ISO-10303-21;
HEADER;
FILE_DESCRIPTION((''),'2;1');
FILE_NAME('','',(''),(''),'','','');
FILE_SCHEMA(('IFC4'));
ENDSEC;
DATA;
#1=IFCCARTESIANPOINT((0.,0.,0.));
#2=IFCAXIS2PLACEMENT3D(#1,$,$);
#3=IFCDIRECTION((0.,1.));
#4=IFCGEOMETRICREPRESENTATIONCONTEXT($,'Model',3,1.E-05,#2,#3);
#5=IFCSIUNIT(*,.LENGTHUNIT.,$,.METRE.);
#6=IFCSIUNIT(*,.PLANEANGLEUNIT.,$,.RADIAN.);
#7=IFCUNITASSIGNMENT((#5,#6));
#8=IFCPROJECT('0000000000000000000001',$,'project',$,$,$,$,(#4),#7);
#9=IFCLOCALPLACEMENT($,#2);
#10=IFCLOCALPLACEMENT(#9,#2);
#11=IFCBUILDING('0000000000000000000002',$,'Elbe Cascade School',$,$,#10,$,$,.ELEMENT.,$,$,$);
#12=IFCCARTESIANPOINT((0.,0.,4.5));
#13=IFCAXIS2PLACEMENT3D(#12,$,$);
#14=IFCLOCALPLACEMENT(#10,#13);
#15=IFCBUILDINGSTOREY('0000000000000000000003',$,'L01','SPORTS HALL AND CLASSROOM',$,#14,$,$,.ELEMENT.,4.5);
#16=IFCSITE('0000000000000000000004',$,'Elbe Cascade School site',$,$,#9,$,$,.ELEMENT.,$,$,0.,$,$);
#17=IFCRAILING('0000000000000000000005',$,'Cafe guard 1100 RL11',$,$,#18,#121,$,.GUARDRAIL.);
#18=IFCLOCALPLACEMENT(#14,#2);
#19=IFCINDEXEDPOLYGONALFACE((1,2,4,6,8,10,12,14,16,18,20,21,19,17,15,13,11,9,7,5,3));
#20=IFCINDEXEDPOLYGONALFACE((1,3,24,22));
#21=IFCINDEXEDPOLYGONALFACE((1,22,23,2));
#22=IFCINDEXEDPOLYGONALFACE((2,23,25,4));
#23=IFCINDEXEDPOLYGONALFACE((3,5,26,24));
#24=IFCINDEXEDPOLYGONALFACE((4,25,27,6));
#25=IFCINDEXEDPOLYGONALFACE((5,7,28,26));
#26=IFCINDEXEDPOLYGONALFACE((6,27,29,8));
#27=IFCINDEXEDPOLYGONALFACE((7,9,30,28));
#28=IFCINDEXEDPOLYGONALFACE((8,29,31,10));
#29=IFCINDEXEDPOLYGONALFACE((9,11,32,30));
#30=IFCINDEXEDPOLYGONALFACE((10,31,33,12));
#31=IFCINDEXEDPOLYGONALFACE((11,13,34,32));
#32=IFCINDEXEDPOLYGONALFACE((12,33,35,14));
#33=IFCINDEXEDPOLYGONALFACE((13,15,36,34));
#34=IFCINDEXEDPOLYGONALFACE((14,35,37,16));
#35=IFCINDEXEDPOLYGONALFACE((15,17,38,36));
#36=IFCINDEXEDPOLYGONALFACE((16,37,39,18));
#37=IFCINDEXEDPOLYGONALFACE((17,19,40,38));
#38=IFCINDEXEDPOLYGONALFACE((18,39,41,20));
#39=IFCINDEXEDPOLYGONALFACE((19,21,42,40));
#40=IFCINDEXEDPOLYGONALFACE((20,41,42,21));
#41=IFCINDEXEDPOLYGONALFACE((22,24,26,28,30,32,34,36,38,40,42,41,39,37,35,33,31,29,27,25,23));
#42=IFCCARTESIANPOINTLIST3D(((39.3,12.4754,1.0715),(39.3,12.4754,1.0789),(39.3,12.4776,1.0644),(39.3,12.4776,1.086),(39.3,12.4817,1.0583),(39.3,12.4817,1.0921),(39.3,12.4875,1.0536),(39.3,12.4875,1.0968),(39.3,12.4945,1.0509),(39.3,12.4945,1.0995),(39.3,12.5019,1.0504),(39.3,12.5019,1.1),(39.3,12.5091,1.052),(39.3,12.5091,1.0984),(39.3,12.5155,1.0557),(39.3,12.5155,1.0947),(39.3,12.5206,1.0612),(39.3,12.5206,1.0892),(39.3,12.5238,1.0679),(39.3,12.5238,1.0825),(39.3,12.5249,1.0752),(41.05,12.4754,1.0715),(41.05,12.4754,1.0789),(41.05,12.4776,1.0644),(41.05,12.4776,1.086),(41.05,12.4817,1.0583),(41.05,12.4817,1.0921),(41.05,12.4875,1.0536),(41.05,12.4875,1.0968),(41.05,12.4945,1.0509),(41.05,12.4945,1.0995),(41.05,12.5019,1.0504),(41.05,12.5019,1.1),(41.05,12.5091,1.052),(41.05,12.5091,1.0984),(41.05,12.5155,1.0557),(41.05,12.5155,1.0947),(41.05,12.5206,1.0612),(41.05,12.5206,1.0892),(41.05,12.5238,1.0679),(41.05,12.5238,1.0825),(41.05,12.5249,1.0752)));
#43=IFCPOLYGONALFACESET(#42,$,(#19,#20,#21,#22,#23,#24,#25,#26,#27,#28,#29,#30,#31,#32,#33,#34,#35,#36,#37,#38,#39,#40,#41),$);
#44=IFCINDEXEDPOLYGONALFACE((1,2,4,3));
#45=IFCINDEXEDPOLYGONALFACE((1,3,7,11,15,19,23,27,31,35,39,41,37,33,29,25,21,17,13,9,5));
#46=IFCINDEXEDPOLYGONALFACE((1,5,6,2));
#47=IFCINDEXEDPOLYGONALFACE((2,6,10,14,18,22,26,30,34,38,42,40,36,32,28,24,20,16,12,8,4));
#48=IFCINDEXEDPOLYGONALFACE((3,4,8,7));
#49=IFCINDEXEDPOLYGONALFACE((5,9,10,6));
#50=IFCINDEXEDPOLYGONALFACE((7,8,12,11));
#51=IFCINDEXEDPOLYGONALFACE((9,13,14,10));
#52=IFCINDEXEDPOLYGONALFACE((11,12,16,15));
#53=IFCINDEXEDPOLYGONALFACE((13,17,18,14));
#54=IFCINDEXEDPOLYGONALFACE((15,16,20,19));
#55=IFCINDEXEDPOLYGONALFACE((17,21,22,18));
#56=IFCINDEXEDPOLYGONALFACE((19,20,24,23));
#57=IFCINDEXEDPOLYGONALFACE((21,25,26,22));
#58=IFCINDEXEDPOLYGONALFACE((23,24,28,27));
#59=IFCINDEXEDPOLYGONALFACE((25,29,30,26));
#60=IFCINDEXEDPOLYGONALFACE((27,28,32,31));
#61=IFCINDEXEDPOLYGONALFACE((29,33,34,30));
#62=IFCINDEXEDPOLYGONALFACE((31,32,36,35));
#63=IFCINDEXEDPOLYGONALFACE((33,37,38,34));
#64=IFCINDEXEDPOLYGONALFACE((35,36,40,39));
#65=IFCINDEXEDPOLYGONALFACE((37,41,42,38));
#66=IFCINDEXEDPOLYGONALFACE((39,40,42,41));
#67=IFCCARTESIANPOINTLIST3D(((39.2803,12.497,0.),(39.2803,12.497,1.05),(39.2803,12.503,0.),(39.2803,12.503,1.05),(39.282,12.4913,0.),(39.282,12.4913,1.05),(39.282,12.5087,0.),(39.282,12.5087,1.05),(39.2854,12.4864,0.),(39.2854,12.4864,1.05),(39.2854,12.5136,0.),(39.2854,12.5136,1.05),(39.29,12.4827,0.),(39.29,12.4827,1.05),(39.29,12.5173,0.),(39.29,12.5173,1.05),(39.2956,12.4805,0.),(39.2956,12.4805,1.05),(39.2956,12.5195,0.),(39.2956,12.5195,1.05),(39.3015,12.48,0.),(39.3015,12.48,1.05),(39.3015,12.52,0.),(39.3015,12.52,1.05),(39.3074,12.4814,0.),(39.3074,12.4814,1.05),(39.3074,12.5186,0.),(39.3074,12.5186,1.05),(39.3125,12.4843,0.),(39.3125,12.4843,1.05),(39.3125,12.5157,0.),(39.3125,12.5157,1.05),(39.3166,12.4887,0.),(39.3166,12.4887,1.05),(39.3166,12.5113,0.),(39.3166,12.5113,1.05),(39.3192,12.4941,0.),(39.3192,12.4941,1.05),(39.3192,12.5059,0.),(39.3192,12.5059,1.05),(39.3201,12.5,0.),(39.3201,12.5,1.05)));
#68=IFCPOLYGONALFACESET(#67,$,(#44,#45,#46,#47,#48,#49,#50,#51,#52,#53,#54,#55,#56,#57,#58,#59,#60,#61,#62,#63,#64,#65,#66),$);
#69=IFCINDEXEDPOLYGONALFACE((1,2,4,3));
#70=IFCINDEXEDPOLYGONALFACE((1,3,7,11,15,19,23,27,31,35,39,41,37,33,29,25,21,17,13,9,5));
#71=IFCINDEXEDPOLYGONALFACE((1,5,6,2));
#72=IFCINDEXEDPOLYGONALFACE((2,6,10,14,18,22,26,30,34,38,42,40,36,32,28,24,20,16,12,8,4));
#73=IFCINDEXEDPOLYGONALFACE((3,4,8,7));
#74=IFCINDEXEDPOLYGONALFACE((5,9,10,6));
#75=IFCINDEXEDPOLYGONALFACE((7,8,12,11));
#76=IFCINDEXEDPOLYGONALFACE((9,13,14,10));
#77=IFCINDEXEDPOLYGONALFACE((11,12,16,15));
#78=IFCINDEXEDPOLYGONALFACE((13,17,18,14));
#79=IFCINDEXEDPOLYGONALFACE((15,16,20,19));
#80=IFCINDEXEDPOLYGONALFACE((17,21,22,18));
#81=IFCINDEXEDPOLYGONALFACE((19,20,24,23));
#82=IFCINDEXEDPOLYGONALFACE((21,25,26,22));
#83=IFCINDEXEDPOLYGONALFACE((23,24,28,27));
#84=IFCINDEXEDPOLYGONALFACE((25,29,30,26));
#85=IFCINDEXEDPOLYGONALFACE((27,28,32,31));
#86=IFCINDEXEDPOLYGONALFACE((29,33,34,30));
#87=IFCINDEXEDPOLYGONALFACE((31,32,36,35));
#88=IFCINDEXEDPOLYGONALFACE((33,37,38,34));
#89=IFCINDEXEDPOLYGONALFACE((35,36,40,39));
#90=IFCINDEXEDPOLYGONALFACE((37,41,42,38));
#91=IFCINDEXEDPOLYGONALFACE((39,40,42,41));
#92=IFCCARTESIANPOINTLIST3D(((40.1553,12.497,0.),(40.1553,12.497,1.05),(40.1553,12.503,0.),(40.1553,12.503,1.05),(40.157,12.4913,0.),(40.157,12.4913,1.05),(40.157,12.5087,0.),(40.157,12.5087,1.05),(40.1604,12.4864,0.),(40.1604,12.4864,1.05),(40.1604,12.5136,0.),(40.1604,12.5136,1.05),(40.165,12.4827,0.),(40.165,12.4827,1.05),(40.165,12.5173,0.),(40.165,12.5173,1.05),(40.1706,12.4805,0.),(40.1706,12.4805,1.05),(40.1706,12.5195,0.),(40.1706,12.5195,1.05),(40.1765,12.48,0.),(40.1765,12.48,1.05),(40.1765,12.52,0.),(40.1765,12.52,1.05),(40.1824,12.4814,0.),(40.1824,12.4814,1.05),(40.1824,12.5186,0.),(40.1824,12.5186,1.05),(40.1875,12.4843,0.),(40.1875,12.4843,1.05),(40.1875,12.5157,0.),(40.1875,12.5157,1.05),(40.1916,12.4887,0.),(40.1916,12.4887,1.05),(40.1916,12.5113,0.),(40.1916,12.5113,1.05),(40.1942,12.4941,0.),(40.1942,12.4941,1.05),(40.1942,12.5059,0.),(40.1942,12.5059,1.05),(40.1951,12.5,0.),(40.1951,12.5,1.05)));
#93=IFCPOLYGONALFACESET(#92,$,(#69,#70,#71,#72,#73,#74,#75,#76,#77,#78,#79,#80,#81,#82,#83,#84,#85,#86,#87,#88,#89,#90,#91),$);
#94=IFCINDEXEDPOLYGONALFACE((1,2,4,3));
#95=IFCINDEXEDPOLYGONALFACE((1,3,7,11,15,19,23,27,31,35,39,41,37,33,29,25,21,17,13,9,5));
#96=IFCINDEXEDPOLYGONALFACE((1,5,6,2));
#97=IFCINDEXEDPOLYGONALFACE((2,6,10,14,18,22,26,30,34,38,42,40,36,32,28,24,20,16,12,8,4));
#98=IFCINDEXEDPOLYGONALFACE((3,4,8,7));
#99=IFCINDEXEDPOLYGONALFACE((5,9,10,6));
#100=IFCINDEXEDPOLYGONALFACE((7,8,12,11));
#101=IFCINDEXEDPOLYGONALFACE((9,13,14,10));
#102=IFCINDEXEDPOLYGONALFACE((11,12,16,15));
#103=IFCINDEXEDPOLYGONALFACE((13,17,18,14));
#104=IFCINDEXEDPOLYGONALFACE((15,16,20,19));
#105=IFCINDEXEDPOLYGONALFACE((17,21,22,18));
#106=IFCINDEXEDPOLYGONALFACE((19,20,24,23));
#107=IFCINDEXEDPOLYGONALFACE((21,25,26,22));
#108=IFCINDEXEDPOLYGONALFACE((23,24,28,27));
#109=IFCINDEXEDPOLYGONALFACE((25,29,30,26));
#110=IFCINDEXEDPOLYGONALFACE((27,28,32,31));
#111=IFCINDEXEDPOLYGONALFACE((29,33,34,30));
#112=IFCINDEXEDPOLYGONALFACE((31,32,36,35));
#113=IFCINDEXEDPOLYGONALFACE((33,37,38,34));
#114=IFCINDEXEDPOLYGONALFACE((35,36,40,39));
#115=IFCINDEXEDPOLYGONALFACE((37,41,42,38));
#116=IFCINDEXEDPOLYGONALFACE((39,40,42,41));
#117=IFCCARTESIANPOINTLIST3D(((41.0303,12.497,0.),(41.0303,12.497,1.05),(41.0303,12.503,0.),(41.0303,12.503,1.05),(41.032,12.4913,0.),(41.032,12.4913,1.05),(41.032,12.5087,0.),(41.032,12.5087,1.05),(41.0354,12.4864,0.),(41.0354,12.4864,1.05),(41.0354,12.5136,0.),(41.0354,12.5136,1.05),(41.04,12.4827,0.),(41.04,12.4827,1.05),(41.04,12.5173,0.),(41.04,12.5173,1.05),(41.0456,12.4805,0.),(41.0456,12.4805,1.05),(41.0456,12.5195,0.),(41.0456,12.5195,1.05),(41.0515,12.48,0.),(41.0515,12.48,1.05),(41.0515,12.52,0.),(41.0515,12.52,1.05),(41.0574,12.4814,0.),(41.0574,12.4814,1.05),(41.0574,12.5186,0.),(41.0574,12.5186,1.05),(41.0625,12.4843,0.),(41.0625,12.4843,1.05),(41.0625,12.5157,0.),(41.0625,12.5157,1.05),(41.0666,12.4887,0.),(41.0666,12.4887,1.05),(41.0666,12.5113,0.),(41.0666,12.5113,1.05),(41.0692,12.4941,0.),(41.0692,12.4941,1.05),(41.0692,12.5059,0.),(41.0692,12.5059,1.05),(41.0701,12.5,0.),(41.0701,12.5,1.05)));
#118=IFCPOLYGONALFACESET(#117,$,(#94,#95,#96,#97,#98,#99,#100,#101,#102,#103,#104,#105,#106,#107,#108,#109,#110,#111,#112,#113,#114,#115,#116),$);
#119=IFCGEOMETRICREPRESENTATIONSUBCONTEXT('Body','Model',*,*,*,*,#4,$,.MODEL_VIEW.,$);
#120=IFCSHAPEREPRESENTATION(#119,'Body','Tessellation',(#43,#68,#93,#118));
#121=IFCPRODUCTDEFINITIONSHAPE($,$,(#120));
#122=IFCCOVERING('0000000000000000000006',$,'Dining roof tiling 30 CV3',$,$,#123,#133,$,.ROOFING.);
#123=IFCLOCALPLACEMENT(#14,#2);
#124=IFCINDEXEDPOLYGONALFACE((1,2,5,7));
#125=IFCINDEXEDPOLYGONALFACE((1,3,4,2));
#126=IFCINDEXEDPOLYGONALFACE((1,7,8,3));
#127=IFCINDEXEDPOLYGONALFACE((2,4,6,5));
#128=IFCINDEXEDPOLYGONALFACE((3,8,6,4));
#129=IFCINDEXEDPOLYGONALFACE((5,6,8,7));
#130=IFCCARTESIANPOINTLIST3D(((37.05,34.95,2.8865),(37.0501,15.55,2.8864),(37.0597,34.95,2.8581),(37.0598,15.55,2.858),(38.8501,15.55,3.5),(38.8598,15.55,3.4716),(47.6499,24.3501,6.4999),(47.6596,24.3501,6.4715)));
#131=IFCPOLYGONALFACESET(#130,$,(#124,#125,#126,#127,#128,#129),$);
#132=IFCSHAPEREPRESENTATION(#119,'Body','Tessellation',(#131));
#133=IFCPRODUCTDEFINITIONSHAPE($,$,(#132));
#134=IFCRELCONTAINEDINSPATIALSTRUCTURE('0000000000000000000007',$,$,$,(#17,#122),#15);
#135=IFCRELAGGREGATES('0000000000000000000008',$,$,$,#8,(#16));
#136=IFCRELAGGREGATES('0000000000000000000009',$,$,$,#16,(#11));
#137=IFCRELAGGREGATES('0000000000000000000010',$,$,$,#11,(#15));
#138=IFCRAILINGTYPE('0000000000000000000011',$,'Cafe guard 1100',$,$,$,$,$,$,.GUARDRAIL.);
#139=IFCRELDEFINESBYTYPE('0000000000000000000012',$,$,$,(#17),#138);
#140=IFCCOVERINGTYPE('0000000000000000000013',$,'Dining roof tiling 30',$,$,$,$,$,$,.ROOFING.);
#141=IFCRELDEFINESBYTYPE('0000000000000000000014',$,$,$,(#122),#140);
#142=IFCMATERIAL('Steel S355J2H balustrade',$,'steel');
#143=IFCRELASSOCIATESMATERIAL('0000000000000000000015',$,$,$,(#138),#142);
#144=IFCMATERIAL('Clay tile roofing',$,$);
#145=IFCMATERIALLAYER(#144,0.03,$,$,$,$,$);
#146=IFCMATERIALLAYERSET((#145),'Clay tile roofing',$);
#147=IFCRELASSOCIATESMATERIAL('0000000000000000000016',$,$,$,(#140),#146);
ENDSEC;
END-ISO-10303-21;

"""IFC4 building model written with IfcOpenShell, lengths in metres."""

from ifc_helpers import new_model, si_unit, direction, frame, origin, origin_2d, place, context, subcontext, project, spatial, polyline, circle, outline, extrude, material, layer, layer_set, type_object, element, save


model = new_model("IFC4")

# Units and contexts
model_context = context("Model", 3, precision=1e-05, world=origin(), true_north=direction((0.0, 1.0)))
body_context = subcontext(model_context, "Body", "Model", "MODEL_VIEW")
ifc_project = project(units=[si_unit("LENGTHUNIT", "METRE"), si_unit("PLANEANGLEUNIT", "RADIAN")], contexts=[model_context])

# Site, building, storey
site_placement = place(None, origin())
site = spatial("IfcSite", under=ifc_project, at=site_placement, Name="Elbe Cascade School site", CompositionType="ELEMENT", RefElevation=0.0)
building_placement = place(site_placement, origin())
building = spatial("IfcBuilding", under=site, at=building_placement, Name="Elbe Cascade School", CompositionType="ELEMENT")
storey_placement = place(building_placement, frame((0.0, 0.0, 4.5)))
storey = spatial("IfcBuildingStorey", under=building, at=storey_placement, Name="L01", Description="SPORTS HALL AND CLASSROOM", CompositionType="ELEMENT", Elevation=4.5)

# Railing
ifc_material_1 = material(Name="Steel S355J2H balustrade", Category="steel")
railing_type_1 = type_object("IfcRailingType", Name="Cafe guard 1100", PredefinedType="GUARDRAIL", material=ifc_material_1)
railing_1_placement = place(storey_placement, frame((39.3, 12.5, 0.0)))
element("IfcRailing", 1, at=railing_1_placement, inside=storey, type_object=railing_type_1, Name="Cafe guard 1100 RL11", PredefinedType="GUARDRAIL", context=body_context, shape_type="SweptSolid", body=[
    extrude(circle(Radius=0.0249, at=origin_2d()), frame((0.0, 0.0, 1.0752), z_axis=(1.0, 0.0, 0.0), x_axis=(0.0, 1.0, 0.0)), (0.0, 0.0, 1.0), 1.75),
    extrude(circle(Radius=0.02, at=origin_2d()), origin(), (0.0, 0.0, 1.0), 1.05),
    extrude(circle(Radius=0.02, at=origin_2d()), frame((0.875, 0.0, 0.0)), (0.0, 0.0, 1.0), 1.05),
    extrude(circle(Radius=0.02, at=origin_2d()), frame((1.75, 0.0, 0.0)), (0.0, 0.0, 1.0), 1.05),
])

# Covering
ifc_material_2 = material(Name="Clay tile roofing")
ifc_layer_1 = layer(ifc_material_2, 0.03)
ifc_layer_set_1 = layer_set([ifc_layer_1], Name="Clay tile roofing")
covering_type = type_object("IfcCoveringType", Name="Dining roof tiling 30", PredefinedType="ROOFING", material=ifc_layer_set_1)
covering_placement = place(storey_placement, frame((38.8501, 15.55, 3.5), z_axis=(-0.322665, -0.000005, 0.946513), x_axis=(-0.946513, 0.0, -0.322665)))
element("IfcCovering", 2, at=covering_placement, inside=storey, type_object=covering_type, Name="Dining roof tiling 30 CV3", PredefinedType="ROOFING", context=body_context, shape_type="SweptSolid", body=[
    extrude(outline(polyline([(0.0, 0.0), (1.9017, 0.0), (1.9017, -19.3999), (-9.2971, -8.8), (0.0, 0.0)])), origin(), (0.0, 0.0, -1.0), 0.03),
])

save(model, "model.ifc")
